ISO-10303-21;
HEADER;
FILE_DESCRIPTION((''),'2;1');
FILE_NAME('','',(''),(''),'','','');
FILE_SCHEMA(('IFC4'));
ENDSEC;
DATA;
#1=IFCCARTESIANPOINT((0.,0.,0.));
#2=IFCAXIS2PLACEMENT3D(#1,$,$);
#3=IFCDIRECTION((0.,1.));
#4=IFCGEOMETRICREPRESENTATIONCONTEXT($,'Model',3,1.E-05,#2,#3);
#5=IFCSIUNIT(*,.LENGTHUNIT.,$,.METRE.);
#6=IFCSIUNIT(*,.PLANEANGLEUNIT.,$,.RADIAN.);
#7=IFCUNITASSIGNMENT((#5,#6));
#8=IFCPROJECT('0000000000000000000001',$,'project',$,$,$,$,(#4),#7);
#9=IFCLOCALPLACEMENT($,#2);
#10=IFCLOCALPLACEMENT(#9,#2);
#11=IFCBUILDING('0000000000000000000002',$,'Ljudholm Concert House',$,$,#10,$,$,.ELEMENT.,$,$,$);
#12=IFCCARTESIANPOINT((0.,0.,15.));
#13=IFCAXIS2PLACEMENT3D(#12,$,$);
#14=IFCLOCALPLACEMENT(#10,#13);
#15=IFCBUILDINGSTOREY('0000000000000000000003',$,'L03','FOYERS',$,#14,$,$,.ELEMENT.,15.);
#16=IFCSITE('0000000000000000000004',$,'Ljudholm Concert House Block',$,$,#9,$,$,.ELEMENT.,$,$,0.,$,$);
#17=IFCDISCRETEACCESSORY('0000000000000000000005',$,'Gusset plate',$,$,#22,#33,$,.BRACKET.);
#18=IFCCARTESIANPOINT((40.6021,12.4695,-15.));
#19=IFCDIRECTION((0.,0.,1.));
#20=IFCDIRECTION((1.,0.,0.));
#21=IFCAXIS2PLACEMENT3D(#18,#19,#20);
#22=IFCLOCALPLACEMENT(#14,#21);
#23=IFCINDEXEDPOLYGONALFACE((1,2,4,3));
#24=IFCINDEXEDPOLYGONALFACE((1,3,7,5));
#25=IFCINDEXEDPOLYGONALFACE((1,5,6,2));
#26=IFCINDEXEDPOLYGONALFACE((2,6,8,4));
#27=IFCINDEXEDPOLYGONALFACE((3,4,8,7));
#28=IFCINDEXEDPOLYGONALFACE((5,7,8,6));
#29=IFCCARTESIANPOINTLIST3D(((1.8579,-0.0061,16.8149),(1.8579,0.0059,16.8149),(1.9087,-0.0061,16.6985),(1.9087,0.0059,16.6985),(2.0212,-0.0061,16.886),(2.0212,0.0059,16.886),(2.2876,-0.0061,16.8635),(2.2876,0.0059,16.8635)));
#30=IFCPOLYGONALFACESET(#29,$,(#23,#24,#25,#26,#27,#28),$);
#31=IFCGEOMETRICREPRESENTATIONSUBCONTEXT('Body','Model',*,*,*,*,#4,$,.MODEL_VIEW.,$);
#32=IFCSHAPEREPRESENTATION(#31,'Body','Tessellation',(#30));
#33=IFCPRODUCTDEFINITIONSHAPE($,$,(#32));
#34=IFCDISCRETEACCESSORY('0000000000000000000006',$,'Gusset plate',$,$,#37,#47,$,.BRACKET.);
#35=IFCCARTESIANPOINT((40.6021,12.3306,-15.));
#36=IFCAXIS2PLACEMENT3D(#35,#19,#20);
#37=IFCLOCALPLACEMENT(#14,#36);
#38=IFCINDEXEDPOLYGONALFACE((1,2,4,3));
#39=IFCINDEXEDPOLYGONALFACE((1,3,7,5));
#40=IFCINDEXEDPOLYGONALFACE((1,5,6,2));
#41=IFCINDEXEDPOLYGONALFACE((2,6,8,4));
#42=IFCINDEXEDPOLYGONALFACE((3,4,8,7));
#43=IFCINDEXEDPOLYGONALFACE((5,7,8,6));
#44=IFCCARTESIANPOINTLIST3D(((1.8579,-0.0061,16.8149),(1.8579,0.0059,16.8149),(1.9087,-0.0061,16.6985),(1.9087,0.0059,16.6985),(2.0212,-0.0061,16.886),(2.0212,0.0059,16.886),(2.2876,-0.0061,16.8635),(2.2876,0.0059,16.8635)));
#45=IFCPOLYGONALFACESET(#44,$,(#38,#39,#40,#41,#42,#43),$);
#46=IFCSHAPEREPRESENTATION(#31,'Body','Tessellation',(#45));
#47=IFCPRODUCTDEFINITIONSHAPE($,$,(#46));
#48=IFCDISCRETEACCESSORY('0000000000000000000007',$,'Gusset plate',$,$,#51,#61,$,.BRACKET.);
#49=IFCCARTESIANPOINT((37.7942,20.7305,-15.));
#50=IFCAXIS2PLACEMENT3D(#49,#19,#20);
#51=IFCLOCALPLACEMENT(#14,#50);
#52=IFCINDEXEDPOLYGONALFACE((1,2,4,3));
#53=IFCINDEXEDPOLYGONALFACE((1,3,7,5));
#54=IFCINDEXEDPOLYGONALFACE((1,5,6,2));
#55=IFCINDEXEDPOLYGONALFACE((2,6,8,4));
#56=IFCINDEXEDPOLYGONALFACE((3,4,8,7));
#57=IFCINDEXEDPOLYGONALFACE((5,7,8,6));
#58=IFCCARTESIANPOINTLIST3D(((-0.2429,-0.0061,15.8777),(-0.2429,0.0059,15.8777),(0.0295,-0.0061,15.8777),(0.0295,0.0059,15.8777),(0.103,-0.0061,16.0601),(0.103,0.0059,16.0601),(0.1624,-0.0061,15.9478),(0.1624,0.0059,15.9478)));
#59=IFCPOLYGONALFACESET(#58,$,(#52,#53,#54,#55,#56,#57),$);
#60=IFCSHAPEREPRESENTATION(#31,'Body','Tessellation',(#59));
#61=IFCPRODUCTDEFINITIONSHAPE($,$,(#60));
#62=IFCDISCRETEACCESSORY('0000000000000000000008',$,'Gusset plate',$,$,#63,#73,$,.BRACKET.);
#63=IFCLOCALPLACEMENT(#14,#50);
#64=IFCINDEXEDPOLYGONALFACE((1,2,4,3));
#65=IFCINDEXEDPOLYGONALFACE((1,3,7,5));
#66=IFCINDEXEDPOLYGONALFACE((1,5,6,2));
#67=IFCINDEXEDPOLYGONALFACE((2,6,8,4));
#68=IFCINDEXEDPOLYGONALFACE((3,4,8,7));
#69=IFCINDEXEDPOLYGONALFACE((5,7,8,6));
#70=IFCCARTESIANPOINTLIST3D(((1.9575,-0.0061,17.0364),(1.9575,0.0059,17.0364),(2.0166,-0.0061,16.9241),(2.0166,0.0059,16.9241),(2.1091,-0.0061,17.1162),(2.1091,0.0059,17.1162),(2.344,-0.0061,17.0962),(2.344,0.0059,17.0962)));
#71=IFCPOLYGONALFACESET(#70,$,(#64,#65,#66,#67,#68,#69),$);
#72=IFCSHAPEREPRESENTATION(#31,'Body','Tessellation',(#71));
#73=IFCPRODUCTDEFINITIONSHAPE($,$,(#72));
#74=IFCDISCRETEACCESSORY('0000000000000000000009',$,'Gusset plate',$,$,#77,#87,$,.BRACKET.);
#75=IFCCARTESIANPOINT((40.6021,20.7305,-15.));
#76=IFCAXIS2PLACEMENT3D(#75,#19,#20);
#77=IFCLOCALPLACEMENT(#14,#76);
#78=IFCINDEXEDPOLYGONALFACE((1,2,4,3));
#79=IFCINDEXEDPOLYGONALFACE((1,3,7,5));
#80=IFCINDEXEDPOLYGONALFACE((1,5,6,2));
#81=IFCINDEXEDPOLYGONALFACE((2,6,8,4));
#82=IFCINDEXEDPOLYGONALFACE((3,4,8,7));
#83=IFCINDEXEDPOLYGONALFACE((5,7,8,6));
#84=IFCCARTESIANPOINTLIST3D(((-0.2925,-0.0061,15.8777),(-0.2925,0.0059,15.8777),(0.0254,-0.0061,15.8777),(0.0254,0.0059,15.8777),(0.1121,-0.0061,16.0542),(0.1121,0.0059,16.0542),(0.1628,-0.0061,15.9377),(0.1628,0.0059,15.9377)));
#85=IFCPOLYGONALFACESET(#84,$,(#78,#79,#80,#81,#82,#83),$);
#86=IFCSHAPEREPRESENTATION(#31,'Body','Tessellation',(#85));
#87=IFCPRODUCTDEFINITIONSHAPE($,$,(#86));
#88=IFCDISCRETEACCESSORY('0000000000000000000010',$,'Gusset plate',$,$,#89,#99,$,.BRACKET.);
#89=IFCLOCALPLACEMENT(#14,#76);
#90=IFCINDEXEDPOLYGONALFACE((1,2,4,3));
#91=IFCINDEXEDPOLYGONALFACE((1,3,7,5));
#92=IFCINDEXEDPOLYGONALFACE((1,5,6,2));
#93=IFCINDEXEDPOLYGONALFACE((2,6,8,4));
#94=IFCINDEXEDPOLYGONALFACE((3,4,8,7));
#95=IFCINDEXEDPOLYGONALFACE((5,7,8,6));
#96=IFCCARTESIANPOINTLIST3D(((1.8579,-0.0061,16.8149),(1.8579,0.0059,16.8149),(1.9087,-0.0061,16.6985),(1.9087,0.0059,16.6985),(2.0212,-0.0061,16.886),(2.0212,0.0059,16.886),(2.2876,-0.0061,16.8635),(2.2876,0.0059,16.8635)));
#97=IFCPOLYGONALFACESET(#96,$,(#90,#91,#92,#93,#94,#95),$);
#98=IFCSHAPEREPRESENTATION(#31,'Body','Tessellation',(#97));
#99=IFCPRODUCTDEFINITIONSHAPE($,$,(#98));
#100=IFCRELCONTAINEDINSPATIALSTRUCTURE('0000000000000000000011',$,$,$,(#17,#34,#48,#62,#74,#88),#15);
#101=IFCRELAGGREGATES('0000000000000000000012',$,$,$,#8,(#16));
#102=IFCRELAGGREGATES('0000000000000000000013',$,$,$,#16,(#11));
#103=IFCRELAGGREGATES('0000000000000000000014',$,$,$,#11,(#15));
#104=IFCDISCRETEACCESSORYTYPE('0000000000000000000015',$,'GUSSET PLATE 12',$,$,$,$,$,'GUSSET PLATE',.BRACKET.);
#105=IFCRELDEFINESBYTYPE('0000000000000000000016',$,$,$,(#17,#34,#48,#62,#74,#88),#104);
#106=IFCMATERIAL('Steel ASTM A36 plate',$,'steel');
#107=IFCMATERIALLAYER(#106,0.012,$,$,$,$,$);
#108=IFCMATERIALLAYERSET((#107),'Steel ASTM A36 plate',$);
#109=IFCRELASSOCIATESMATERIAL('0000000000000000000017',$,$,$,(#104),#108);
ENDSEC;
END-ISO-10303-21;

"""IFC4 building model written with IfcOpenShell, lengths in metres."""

from ifc_helpers import new_model, si_unit, direction, frame, origin, place, context, subcontext, project, spatial, polyline, outline, extrude, material, layer, layer_set, type_object, element, save


model = new_model("IFC4")

# Units and contexts
model_context = context("Model", 3, precision=1e-05, world=origin(), true_north=direction((0.0, 1.0)))
body_context = subcontext(model_context, "Body", "Model", "MODEL_VIEW")
ifc_project = project(units=[si_unit("LENGTHUNIT", "METRE"), si_unit("PLANEANGLEUNIT", "RADIAN")], contexts=[model_context])

# Site, building, storey
site_placement = place(None, origin())
site = spatial("IfcSite", under=ifc_project, at=site_placement, Name="Ljudholm Concert House Block", CompositionType="ELEMENT", RefElevation=0.0)
building_placement = place(site_placement, origin())
building = spatial("IfcBuilding", under=site, at=building_placement, Name="Ljudholm Concert House", CompositionType="ELEMENT")
storey_placement = place(building_placement, frame((0.0, 0.0, 15.0)))
storey = spatial("IfcBuildingStorey", under=building, at=storey_placement, Name="L03", Description="FOYERS", CompositionType="ELEMENT", Elevation=15.0)

# Discrete accessories
ifc_material_1 = material(Name="Steel ASTM A36 plate", Category="steel")
ifc_layer = layer(ifc_material_1, 0.012)
ifc_layer_set = layer_set([ifc_layer], Name="Steel ASTM A36 plate")
discrete_accessory_type = type_object("IfcDiscreteAccessoryType", Name="GUSSET PLATE 12", ElementType="GUSSET PLATE", PredefinedType="BRACKET", material=ifc_layer_set)
for number, where, z_axis, x_axis, name in (
    (1, (40.6021, 12.4695, -15.0), (0.0, 0.0, 1.0), (1.0, 0.0, 0.0), "Gusset plate"),
    (2, (40.6021, 12.3306, -15.0), (0.0, 0.0, 1.0), (1.0, 0.0, 0.0), "Gusset plate"),
):
    element("IfcDiscreteAccessory", number, at=place(storey_placement, frame(where, z_axis=z_axis, x_axis=x_axis)), inside=storey, type_object=discrete_accessory_type, Name=name, PredefinedType="BRACKET", context=body_context, shape_type="SweptSolid", body=[
        extrude(outline(polyline([(1.8579, 16.8149), (2.0212, 16.886), (2.2876, 16.8635), (1.9087, 16.6985), (1.8579, 16.8149)])), frame((0.0, 0.0059, 0.0), z_axis=(0.0, -1.0, 0.0), x_axis=(1.0, 0.0, 0.0)), (0.0, 0.0, 1.0), 0.012),
    ])
discrete_accessory_1_placement = place(storey_placement, frame((37.7942, 20.7305, -15.0), z_axis=(0.0, 0.0, 1.0), x_axis=(1.0, 0.0, 0.0)))
element("IfcDiscreteAccessory", 3, at=discrete_accessory_1_placement, inside=storey, type_object=discrete_accessory_type, Name="Gusset plate", PredefinedType="BRACKET", context=body_context, shape_type="SweptSolid", body=[
    extrude(outline(polyline([(0.1624, 15.9478), (0.0295, 15.8777), (-0.2429, 15.8777), (0.103, 16.0601), (0.1624, 15.9478)])), frame((0.0, 0.0059, 0.0), z_axis=(0.0, -1.0, 0.0), x_axis=(1.0, 0.0, 0.0)), (0.0, 0.0, 1.0), 0.012),
])
discrete_accessory_2_placement = place(storey_placement, frame((37.7942, 20.7305, -15.0), z_axis=(0.0, 0.0, 1.0), x_axis=(1.0, 0.0, 0.0)))
element("IfcDiscreteAccessory", 4, at=discrete_accessory_2_placement, inside=storey, type_object=discrete_accessory_type, Name="Gusset plate", PredefinedType="BRACKET", context=body_context, shape_type="SweptSolid", body=[
    extrude(outline(polyline([(1.9575, 17.0364), (2.1091, 17.1162), (2.344, 17.0962), (2.0166, 16.9241), (1.9575, 17.0364)])), frame((0.0, 0.0059, 0.0), z_axis=(0.0, -1.0, 0.0), x_axis=(1.0, 0.0, 0.0)), (0.0, 0.0, 1.0), 0.012),
])
discrete_accessory_3_placement = place(storey_placement, frame((40.6021, 20.7305, -15.0), z_axis=(0.0, 0.0, 1.0), x_axis=(1.0, 0.0, 0.0)))
element("IfcDiscreteAccessory", 5, at=discrete_accessory_3_placement, inside=storey, type_object=discrete_accessory_type, Name="Gusset plate", PredefinedType="BRACKET", context=body_context, shape_type="SweptSolid", body=[
    extrude(outline(polyline([(0.1628, 15.9377), (0.0254, 15.8777), (-0.2925, 15.8777), (0.1121, 16.0542), (0.1628, 15.9377)])), frame((0.0, 0.0059, 0.0), z_axis=(0.0, -1.0, 0.0), x_axis=(1.0, 0.0, 0.0)), (0.0, 0.0, 1.0), 0.012),
])
discrete_accessory_4_placement = place(storey_placement, frame((40.6021, 20.7305, -15.0), z_axis=(0.0, 0.0, 1.0), x_axis=(1.0, 0.0, 0.0)))
element("IfcDiscreteAccessory", 6, at=discrete_accessory_4_placement, inside=storey, type_object=discrete_accessory_type, Name="Gusset plate", PredefinedType="BRACKET", context=body_context, shape_type="SweptSolid", body=[
    extrude(outline(polyline([(1.8579, 16.8149), (2.0212, 16.886), (2.2876, 16.8635), (1.9087, 16.6985), (1.8579, 16.8149)])), frame((0.0, 0.0059, 0.0), z_axis=(0.0, -1.0, 0.0), x_axis=(1.0, 0.0, 0.0)), (0.0, 0.0, 1.0), 0.012),
])

save(model, "model.ifc")
